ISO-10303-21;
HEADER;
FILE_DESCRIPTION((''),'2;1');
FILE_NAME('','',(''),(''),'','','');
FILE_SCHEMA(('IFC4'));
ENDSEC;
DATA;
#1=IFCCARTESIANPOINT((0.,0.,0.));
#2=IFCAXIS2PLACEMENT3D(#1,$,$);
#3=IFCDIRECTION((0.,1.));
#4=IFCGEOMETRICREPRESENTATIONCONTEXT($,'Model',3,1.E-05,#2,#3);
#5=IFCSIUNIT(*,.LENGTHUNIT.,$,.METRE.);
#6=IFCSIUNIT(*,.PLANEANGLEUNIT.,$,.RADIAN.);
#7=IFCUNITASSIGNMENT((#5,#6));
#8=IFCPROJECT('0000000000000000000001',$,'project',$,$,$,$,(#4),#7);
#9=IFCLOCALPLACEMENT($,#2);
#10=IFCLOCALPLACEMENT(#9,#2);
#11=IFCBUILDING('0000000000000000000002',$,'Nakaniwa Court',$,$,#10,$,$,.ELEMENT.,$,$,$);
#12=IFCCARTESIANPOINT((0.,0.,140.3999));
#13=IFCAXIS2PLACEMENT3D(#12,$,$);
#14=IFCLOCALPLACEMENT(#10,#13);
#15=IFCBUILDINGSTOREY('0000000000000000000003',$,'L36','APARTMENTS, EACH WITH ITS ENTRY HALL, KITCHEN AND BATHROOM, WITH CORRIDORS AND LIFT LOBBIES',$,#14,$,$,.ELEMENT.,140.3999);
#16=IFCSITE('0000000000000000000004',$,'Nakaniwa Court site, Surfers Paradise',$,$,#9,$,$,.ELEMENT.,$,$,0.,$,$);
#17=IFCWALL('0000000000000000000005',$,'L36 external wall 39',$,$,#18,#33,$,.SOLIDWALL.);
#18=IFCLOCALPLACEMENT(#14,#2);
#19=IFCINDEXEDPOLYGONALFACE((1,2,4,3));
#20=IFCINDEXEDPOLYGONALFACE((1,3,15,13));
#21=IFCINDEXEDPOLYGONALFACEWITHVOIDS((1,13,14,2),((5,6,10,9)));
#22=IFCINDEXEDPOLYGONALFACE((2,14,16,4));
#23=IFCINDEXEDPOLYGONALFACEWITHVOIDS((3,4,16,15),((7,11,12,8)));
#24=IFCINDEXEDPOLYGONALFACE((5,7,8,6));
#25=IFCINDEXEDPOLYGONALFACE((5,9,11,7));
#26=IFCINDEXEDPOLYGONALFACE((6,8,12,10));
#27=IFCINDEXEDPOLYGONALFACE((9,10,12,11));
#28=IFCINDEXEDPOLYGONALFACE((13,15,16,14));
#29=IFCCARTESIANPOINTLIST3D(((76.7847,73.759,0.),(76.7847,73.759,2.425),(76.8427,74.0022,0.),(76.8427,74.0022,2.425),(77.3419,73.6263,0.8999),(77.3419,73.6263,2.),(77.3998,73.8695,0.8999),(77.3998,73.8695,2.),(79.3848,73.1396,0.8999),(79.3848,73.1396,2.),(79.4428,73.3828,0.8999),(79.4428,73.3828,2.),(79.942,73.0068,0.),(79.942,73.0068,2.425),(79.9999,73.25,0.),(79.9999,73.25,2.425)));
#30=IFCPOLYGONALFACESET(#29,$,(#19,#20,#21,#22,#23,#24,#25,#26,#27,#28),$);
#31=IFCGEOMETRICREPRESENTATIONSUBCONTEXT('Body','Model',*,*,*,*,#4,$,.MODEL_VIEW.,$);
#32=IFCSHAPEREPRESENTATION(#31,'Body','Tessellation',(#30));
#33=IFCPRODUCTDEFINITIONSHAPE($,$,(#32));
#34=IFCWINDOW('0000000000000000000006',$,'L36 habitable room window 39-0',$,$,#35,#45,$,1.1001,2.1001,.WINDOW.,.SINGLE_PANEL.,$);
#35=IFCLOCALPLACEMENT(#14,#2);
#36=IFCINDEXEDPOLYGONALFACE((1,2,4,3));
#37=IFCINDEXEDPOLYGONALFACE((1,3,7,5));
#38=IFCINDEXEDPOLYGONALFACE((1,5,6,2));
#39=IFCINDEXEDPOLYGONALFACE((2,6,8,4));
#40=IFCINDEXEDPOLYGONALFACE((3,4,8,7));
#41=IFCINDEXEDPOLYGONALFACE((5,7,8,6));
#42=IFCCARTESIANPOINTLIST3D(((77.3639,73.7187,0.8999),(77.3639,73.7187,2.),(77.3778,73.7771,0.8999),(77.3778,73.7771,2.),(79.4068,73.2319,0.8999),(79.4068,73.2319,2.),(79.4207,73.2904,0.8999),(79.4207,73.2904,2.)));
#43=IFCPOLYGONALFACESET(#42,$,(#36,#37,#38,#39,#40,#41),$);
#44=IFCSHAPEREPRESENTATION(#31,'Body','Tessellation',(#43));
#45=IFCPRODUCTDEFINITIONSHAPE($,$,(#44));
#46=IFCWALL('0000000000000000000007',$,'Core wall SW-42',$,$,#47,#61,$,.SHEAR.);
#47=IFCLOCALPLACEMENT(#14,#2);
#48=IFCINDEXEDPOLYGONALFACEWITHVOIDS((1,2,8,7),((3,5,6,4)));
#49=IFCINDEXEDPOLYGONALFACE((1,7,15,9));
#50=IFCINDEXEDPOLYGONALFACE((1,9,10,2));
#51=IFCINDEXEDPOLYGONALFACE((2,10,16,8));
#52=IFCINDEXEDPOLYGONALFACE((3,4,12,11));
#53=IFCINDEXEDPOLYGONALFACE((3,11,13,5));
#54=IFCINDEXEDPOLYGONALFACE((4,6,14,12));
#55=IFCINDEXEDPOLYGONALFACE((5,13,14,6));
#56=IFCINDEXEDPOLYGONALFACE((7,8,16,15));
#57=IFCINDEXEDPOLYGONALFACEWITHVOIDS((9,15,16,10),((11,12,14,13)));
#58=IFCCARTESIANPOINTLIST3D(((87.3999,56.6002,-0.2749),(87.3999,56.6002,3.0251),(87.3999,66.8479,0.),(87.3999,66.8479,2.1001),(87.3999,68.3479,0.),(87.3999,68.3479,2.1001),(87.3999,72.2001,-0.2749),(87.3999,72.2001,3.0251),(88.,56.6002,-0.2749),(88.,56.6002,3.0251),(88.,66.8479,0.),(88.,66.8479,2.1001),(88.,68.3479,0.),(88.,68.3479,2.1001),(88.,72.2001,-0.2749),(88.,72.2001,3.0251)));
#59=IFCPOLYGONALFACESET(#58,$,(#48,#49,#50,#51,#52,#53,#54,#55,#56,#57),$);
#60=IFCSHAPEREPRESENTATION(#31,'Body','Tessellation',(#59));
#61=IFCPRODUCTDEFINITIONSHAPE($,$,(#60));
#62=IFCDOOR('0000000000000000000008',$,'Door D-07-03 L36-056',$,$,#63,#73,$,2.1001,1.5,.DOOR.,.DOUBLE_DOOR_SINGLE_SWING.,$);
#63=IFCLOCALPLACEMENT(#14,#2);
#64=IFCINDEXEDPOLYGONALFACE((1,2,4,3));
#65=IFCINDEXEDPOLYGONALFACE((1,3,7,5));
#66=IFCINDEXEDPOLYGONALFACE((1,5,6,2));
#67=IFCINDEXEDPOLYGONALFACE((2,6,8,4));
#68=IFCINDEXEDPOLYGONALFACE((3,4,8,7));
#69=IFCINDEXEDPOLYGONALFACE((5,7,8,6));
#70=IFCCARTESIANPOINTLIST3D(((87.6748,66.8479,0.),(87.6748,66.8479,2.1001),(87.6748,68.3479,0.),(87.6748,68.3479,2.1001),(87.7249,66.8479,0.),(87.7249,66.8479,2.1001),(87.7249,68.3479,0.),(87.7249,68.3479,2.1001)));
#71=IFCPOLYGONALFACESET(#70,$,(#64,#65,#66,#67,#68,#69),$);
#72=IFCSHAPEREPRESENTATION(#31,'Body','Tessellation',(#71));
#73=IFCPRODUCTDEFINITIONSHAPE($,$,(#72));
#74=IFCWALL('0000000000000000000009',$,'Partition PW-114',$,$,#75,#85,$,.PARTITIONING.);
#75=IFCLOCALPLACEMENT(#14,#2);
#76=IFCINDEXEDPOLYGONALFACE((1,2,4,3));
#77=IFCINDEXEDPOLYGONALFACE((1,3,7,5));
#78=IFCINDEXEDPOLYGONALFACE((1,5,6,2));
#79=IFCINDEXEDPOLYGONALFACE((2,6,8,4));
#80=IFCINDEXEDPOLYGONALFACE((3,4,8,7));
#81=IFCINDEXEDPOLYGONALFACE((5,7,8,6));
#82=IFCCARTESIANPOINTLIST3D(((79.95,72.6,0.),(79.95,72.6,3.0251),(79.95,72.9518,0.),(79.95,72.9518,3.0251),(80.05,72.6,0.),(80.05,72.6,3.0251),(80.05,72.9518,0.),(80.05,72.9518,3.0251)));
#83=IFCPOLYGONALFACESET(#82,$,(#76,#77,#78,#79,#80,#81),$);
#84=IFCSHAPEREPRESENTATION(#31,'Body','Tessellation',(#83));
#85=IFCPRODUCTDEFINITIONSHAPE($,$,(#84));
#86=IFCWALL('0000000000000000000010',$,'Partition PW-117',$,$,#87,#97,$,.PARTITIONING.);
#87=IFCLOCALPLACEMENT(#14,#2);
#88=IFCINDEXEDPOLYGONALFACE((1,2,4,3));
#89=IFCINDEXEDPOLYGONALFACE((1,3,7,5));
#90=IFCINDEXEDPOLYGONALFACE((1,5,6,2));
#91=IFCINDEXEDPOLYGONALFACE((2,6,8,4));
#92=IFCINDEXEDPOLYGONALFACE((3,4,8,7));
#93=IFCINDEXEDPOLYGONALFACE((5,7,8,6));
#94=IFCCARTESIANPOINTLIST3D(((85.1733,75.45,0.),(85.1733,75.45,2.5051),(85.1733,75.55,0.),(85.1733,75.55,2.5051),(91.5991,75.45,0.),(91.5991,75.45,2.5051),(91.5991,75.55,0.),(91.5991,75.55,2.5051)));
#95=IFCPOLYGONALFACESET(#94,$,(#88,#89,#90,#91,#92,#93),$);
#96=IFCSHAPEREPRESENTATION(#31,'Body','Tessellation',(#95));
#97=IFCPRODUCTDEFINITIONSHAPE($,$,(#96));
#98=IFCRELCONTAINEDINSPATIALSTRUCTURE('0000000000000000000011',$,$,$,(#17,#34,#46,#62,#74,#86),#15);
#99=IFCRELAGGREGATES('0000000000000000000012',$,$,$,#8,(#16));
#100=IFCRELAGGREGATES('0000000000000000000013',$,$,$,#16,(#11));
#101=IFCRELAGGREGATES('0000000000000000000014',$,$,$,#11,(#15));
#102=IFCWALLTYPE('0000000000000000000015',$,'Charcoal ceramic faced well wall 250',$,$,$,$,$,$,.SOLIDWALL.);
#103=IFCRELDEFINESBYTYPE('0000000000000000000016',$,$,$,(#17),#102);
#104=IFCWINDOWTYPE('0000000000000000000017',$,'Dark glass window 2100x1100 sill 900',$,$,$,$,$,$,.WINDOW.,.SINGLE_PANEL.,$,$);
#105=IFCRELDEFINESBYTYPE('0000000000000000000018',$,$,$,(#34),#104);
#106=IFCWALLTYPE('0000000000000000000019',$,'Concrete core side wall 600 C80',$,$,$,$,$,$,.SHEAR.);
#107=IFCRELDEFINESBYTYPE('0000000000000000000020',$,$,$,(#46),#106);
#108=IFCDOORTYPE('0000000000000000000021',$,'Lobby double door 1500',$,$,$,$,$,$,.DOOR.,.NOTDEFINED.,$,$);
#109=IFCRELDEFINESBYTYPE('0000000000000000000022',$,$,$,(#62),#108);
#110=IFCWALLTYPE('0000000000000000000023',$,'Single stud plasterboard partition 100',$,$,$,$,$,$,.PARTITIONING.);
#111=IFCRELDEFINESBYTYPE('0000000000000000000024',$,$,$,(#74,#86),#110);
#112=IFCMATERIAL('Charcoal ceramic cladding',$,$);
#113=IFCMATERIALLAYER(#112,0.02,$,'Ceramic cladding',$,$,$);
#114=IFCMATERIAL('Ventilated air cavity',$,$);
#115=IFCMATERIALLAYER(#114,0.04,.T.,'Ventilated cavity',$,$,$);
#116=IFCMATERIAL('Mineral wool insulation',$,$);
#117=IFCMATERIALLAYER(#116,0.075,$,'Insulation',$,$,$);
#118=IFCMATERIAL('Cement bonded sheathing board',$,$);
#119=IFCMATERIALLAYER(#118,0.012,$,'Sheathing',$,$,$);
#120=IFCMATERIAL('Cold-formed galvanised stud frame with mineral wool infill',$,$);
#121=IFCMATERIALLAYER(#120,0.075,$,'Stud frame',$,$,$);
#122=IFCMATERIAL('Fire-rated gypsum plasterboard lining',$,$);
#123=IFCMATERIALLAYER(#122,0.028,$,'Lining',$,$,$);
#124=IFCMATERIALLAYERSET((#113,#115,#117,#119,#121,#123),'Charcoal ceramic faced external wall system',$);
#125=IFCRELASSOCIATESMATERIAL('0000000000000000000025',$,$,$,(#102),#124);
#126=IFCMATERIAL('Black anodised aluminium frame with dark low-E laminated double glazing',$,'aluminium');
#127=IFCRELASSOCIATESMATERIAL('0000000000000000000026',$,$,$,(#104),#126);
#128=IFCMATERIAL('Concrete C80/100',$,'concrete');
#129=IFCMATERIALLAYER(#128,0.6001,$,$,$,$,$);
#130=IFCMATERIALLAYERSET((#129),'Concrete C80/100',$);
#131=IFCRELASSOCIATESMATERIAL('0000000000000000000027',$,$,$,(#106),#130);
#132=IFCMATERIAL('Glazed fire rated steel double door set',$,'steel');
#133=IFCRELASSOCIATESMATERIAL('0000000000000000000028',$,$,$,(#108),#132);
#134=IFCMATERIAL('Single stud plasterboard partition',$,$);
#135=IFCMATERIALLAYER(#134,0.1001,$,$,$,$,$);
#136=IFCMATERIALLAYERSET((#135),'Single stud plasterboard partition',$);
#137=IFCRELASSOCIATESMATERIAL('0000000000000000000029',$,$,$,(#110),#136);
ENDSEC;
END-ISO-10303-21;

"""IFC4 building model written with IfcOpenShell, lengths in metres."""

from ifc_helpers import new_model, si_unit, direction, frame, frame_2d, origin, place, context, subcontext, project, spatial, rectangle, extrude, material, layer, layer_set, type_object, element, fill, save


model = new_model("IFC4")

# Units and contexts
model_context = context("Model", 3, precision=1e-05, world=origin(), true_north=direction((0.0, 1.0)))
body_context = subcontext(model_context, "Body", "Model", "MODEL_VIEW")
ifc_project = project(units=[si_unit("LENGTHUNIT", "METRE"), si_unit("PLANEANGLEUNIT", "RADIAN")], contexts=[model_context])

# Site, building, storey
site_placement = place(None, origin())
site = spatial("IfcSite", under=ifc_project, at=site_placement, Name="Nakaniwa Court site, Surfers Paradise", CompositionType="ELEMENT", RefElevation=0.0)
building_placement = place(site_placement, origin())
building = spatial("IfcBuilding", under=site, at=building_placement, Name="Nakaniwa Court", CompositionType="ELEMENT")
storey_placement = place(building_placement, frame((0.0, 0.0, 140.3999)))
storey = spatial("IfcBuildingStorey", under=building, at=storey_placement, Name="L36", Description="APARTMENTS, EACH WITH ITS ENTRY HALL, KITCHEN AND BATHROOM, WITH CORRIDORS AND LIFT LOBBIES", CompositionType="ELEMENT", Elevation=140.3999)

# Shared definitions
ifc_material_1 = material(Name="Concrete C80/100", Category="concrete")

# Wall, opening, window
ifc_material_2 = material(Name="Charcoal ceramic cladding")
ifc_layer_1 = layer(ifc_material_2, 0.02, Name="Ceramic cladding")
ifc_material_3 = material(Name="Ventilated air cavity")
ifc_layer_2 = layer(ifc_material_3, 0.04, ventilated=True, Name="Ventilated cavity")
ifc_material_4 = material(Name="Mineral wool insulation")
ifc_layer_3 = layer(ifc_material_4, 0.075, Name="Insulation")
ifc_material_5 = material(Name="Cement bonded sheathing board")
ifc_layer_4 = layer(ifc_material_5, 0.012, Name="Sheathing")
ifc_material_6 = material(Name="Cold-formed galvanised stud frame with mineral wool infill")
ifc_layer_5 = layer(ifc_material_6, 0.075, Name="Stud frame")
ifc_material_7 = material(Name="Fire-rated gypsum plasterboard lining")
ifc_layer_6 = layer(ifc_material_7, 0.028, Name="Lining")
ifc_layer_set_1 = layer_set([ifc_layer_1, ifc_layer_2, ifc_layer_3, ifc_layer_4, ifc_layer_5, ifc_layer_6], Name="Charcoal ceramic faced external wall system")
wall_type_1 = type_object("IfcWallType", Name="Charcoal ceramic faced well wall 250", PredefinedType="SOLIDWALL", material=ifc_layer_set_1)
ifc_material_8 = material(Name="Black anodised aluminium frame with dark low-E laminated double glazing", Category="aluminium")
window_type_1 = type_object("IfcWindowType", Name="Dark glass window 2100x1100 sill 900", PartitioningType="SINGLE_PANEL", PredefinedType="WINDOW", material=ifc_material_8)
wall_1_placement = place(storey_placement, frame((79.9709, 73.1284, 0.0), z_axis=(0.0, 0.0, 1.0), x_axis=(-0.972773, 0.23176, 0.0)))
wall_1 = element("IfcWall", 1, at=wall_1_placement, inside=storey, type_object=wall_type_1, Name="L36 external wall 39", PredefinedType="SOLIDWALL", context=body_context, shape_type="SweptSolid", body=[
    extrude(rectangle(XDim=3.2456, YDim=0.25, at=frame_2d((1.6228, 0.0))), origin(), (0.0, 0.0, 1.0), 2.425),
])
opening_1_placement = place(wall_1_placement, frame((0.5728, 0.0, 0.8999)))
opening_1 = element("IfcOpeningElement", 2, at=opening_1_placement, cuts=wall_1, PredefinedType="OPENING", context=body_context, shape_type="SweptSolid", body=[
    extrude(rectangle(XDim=2.1001, YDim=1.1001, at=frame_2d((1.05, 0.55))), frame((0.0, 0.135, 0.0), z_axis=(0.0, -1.0, 0.0), x_axis=(1.0, 0.0, 0.0)), (0.0, 0.0, 1.0), 0.27),
])
window_1_placement = place(opening_1_placement, origin())
window_1 = element("IfcWindow", 3, at=window_1_placement, inside=storey, type_object=window_type_1, Name="L36 habitable room window 39-0", OverallHeight=1.1001, OverallWidth=2.1001, PartitioningType="SINGLE_PANEL", PredefinedType="WINDOW", context=body_context, shape_type="SweptSolid", body=[
    extrude(rectangle(XDim=2.1001, YDim=1.1001, at=frame_2d((1.05, 0.55))), frame((0.0, 0.03, 0.0), z_axis=(0.0, -1.0, 0.0), x_axis=(1.0, 0.0, 0.0)), (0.0, 0.0, 1.0), 0.0601),
])
fill(opening_1, window_1)

# Wall, opening, door
ifc_layer_7 = layer(ifc_material_1, 0.6001)
ifc_layer_set_2 = layer_set([ifc_layer_7], Name="Concrete C80/100")
wall_type_2 = type_object("IfcWallType", Name="Concrete core side wall 600 C80", PredefinedType="SHEAR", material=ifc_layer_set_2)
wall_2_placement = place(storey_placement, frame((87.7, 72.2, -0.2749), z_axis=(0.0, 0.0, 1.0), x_axis=(0.0, -1.0, 0.0)))
wall_2 = element("IfcWall", 4, at=wall_2_placement, inside=storey, type_object=wall_type_2, Name="Core wall SW-42", PredefinedType="SHEAR", context=body_context, shape_type="SweptSolid", body=[
    extrude(rectangle(XDim=15.5999, YDim=0.6001, at=frame_2d((7.7998, 0.0))), origin(), (0.0, 0.0, 1.0), 3.3),
])
opening_2_placement = place(wall_2_placement, frame((3.8521, 0.0, 0.2749)))
opening_2 = element("IfcOpeningElement", 5, at=opening_2_placement, cuts=wall_2, PredefinedType="OPENING", context=body_context, shape_type="SweptSolid", body=[
    extrude(rectangle(XDim=1.5, YDim=2.1001, at=frame_2d((0.75, 1.05))), frame((0.0, 0.3101, 0.0), z_axis=(0.0, -1.0, 0.0), x_axis=(1.0, 0.0, 0.0)), (0.0, 0.0, 1.0), 0.6201),
])
ifc_material_9 = material(Name="Glazed fire rated steel double door set", Category="steel")
door_type = type_object("IfcDoorType", Name="Lobby double door 1500", OperationType="NOTDEFINED", PredefinedType="DOOR", material=ifc_material_9)
door_placement = place(opening_2_placement, origin())
door = element("IfcDoor", 6, at=door_placement, inside=storey, type_object=door_type, Name="Door D-07-03 L36-056", OperationType="DOUBLE_DOOR_SINGLE_SWING", OverallHeight=2.1001, OverallWidth=1.5, PredefinedType="DOOR", context=body_context, shape_type="SweptSolid", body=[
    extrude(rectangle(XDim=1.5, YDim=2.1001, at=frame_2d((0.75, 1.05))), frame((0.0, 0.0249, 0.0), z_axis=(0.0, -1.0, 0.0), x_axis=(1.0, 0.0, 0.0)), (0.0, 0.0, 1.0), 0.05),
])
fill(opening_2, door)

# Walls
ifc_material_10 = material(Name="Single stud plasterboard partition")
ifc_layer_8 = layer(ifc_material_10, 0.1001)
ifc_layer_set_3 = layer_set([ifc_layer_8], Name="Single stud plasterboard partition")
wall_type_3 = type_object("IfcWallType", Name="Single stud plasterboard partition 100", PredefinedType="PARTITIONING", material=ifc_layer_set_3)
wall_3_placement = place(storey_placement, frame((80.0, 72.6001, 0.0), z_axis=(0.0, 0.0, 1.0), x_axis=(0.0, 1.0, 0.0)))
element("IfcWall", 7, at=wall_3_placement, inside=storey, type_object=wall_type_3, Name="Partition PW-114", PredefinedType="PARTITIONING", context=body_context, shape_type="SweptSolid", body=[
    extrude(rectangle(XDim=0.3518, YDim=0.1001, at=frame_2d((0.1758, 0.0))), origin(), (0.0, 0.0, 1.0), 3.0251),
])
wall_4_placement = place(storey_placement, frame((85.1733, 75.5, 0.0), z_axis=(0.0, 0.0, 1.0), x_axis=(1.0, 0.0, 0.0)))
element("IfcWall", 8, at=wall_4_placement, inside=storey, type_object=wall_type_3, Name="Partition PW-117", PredefinedType="PARTITIONING", context=body_context, shape_type="SweptSolid", body=[
    extrude(rectangle(XDim=6.4258, YDim=0.1001, at=frame_2d((3.2129, 0.0))), origin(), (0.0, 0.0, 1.0), 2.5051),
])

save(model, "model.ifc")
